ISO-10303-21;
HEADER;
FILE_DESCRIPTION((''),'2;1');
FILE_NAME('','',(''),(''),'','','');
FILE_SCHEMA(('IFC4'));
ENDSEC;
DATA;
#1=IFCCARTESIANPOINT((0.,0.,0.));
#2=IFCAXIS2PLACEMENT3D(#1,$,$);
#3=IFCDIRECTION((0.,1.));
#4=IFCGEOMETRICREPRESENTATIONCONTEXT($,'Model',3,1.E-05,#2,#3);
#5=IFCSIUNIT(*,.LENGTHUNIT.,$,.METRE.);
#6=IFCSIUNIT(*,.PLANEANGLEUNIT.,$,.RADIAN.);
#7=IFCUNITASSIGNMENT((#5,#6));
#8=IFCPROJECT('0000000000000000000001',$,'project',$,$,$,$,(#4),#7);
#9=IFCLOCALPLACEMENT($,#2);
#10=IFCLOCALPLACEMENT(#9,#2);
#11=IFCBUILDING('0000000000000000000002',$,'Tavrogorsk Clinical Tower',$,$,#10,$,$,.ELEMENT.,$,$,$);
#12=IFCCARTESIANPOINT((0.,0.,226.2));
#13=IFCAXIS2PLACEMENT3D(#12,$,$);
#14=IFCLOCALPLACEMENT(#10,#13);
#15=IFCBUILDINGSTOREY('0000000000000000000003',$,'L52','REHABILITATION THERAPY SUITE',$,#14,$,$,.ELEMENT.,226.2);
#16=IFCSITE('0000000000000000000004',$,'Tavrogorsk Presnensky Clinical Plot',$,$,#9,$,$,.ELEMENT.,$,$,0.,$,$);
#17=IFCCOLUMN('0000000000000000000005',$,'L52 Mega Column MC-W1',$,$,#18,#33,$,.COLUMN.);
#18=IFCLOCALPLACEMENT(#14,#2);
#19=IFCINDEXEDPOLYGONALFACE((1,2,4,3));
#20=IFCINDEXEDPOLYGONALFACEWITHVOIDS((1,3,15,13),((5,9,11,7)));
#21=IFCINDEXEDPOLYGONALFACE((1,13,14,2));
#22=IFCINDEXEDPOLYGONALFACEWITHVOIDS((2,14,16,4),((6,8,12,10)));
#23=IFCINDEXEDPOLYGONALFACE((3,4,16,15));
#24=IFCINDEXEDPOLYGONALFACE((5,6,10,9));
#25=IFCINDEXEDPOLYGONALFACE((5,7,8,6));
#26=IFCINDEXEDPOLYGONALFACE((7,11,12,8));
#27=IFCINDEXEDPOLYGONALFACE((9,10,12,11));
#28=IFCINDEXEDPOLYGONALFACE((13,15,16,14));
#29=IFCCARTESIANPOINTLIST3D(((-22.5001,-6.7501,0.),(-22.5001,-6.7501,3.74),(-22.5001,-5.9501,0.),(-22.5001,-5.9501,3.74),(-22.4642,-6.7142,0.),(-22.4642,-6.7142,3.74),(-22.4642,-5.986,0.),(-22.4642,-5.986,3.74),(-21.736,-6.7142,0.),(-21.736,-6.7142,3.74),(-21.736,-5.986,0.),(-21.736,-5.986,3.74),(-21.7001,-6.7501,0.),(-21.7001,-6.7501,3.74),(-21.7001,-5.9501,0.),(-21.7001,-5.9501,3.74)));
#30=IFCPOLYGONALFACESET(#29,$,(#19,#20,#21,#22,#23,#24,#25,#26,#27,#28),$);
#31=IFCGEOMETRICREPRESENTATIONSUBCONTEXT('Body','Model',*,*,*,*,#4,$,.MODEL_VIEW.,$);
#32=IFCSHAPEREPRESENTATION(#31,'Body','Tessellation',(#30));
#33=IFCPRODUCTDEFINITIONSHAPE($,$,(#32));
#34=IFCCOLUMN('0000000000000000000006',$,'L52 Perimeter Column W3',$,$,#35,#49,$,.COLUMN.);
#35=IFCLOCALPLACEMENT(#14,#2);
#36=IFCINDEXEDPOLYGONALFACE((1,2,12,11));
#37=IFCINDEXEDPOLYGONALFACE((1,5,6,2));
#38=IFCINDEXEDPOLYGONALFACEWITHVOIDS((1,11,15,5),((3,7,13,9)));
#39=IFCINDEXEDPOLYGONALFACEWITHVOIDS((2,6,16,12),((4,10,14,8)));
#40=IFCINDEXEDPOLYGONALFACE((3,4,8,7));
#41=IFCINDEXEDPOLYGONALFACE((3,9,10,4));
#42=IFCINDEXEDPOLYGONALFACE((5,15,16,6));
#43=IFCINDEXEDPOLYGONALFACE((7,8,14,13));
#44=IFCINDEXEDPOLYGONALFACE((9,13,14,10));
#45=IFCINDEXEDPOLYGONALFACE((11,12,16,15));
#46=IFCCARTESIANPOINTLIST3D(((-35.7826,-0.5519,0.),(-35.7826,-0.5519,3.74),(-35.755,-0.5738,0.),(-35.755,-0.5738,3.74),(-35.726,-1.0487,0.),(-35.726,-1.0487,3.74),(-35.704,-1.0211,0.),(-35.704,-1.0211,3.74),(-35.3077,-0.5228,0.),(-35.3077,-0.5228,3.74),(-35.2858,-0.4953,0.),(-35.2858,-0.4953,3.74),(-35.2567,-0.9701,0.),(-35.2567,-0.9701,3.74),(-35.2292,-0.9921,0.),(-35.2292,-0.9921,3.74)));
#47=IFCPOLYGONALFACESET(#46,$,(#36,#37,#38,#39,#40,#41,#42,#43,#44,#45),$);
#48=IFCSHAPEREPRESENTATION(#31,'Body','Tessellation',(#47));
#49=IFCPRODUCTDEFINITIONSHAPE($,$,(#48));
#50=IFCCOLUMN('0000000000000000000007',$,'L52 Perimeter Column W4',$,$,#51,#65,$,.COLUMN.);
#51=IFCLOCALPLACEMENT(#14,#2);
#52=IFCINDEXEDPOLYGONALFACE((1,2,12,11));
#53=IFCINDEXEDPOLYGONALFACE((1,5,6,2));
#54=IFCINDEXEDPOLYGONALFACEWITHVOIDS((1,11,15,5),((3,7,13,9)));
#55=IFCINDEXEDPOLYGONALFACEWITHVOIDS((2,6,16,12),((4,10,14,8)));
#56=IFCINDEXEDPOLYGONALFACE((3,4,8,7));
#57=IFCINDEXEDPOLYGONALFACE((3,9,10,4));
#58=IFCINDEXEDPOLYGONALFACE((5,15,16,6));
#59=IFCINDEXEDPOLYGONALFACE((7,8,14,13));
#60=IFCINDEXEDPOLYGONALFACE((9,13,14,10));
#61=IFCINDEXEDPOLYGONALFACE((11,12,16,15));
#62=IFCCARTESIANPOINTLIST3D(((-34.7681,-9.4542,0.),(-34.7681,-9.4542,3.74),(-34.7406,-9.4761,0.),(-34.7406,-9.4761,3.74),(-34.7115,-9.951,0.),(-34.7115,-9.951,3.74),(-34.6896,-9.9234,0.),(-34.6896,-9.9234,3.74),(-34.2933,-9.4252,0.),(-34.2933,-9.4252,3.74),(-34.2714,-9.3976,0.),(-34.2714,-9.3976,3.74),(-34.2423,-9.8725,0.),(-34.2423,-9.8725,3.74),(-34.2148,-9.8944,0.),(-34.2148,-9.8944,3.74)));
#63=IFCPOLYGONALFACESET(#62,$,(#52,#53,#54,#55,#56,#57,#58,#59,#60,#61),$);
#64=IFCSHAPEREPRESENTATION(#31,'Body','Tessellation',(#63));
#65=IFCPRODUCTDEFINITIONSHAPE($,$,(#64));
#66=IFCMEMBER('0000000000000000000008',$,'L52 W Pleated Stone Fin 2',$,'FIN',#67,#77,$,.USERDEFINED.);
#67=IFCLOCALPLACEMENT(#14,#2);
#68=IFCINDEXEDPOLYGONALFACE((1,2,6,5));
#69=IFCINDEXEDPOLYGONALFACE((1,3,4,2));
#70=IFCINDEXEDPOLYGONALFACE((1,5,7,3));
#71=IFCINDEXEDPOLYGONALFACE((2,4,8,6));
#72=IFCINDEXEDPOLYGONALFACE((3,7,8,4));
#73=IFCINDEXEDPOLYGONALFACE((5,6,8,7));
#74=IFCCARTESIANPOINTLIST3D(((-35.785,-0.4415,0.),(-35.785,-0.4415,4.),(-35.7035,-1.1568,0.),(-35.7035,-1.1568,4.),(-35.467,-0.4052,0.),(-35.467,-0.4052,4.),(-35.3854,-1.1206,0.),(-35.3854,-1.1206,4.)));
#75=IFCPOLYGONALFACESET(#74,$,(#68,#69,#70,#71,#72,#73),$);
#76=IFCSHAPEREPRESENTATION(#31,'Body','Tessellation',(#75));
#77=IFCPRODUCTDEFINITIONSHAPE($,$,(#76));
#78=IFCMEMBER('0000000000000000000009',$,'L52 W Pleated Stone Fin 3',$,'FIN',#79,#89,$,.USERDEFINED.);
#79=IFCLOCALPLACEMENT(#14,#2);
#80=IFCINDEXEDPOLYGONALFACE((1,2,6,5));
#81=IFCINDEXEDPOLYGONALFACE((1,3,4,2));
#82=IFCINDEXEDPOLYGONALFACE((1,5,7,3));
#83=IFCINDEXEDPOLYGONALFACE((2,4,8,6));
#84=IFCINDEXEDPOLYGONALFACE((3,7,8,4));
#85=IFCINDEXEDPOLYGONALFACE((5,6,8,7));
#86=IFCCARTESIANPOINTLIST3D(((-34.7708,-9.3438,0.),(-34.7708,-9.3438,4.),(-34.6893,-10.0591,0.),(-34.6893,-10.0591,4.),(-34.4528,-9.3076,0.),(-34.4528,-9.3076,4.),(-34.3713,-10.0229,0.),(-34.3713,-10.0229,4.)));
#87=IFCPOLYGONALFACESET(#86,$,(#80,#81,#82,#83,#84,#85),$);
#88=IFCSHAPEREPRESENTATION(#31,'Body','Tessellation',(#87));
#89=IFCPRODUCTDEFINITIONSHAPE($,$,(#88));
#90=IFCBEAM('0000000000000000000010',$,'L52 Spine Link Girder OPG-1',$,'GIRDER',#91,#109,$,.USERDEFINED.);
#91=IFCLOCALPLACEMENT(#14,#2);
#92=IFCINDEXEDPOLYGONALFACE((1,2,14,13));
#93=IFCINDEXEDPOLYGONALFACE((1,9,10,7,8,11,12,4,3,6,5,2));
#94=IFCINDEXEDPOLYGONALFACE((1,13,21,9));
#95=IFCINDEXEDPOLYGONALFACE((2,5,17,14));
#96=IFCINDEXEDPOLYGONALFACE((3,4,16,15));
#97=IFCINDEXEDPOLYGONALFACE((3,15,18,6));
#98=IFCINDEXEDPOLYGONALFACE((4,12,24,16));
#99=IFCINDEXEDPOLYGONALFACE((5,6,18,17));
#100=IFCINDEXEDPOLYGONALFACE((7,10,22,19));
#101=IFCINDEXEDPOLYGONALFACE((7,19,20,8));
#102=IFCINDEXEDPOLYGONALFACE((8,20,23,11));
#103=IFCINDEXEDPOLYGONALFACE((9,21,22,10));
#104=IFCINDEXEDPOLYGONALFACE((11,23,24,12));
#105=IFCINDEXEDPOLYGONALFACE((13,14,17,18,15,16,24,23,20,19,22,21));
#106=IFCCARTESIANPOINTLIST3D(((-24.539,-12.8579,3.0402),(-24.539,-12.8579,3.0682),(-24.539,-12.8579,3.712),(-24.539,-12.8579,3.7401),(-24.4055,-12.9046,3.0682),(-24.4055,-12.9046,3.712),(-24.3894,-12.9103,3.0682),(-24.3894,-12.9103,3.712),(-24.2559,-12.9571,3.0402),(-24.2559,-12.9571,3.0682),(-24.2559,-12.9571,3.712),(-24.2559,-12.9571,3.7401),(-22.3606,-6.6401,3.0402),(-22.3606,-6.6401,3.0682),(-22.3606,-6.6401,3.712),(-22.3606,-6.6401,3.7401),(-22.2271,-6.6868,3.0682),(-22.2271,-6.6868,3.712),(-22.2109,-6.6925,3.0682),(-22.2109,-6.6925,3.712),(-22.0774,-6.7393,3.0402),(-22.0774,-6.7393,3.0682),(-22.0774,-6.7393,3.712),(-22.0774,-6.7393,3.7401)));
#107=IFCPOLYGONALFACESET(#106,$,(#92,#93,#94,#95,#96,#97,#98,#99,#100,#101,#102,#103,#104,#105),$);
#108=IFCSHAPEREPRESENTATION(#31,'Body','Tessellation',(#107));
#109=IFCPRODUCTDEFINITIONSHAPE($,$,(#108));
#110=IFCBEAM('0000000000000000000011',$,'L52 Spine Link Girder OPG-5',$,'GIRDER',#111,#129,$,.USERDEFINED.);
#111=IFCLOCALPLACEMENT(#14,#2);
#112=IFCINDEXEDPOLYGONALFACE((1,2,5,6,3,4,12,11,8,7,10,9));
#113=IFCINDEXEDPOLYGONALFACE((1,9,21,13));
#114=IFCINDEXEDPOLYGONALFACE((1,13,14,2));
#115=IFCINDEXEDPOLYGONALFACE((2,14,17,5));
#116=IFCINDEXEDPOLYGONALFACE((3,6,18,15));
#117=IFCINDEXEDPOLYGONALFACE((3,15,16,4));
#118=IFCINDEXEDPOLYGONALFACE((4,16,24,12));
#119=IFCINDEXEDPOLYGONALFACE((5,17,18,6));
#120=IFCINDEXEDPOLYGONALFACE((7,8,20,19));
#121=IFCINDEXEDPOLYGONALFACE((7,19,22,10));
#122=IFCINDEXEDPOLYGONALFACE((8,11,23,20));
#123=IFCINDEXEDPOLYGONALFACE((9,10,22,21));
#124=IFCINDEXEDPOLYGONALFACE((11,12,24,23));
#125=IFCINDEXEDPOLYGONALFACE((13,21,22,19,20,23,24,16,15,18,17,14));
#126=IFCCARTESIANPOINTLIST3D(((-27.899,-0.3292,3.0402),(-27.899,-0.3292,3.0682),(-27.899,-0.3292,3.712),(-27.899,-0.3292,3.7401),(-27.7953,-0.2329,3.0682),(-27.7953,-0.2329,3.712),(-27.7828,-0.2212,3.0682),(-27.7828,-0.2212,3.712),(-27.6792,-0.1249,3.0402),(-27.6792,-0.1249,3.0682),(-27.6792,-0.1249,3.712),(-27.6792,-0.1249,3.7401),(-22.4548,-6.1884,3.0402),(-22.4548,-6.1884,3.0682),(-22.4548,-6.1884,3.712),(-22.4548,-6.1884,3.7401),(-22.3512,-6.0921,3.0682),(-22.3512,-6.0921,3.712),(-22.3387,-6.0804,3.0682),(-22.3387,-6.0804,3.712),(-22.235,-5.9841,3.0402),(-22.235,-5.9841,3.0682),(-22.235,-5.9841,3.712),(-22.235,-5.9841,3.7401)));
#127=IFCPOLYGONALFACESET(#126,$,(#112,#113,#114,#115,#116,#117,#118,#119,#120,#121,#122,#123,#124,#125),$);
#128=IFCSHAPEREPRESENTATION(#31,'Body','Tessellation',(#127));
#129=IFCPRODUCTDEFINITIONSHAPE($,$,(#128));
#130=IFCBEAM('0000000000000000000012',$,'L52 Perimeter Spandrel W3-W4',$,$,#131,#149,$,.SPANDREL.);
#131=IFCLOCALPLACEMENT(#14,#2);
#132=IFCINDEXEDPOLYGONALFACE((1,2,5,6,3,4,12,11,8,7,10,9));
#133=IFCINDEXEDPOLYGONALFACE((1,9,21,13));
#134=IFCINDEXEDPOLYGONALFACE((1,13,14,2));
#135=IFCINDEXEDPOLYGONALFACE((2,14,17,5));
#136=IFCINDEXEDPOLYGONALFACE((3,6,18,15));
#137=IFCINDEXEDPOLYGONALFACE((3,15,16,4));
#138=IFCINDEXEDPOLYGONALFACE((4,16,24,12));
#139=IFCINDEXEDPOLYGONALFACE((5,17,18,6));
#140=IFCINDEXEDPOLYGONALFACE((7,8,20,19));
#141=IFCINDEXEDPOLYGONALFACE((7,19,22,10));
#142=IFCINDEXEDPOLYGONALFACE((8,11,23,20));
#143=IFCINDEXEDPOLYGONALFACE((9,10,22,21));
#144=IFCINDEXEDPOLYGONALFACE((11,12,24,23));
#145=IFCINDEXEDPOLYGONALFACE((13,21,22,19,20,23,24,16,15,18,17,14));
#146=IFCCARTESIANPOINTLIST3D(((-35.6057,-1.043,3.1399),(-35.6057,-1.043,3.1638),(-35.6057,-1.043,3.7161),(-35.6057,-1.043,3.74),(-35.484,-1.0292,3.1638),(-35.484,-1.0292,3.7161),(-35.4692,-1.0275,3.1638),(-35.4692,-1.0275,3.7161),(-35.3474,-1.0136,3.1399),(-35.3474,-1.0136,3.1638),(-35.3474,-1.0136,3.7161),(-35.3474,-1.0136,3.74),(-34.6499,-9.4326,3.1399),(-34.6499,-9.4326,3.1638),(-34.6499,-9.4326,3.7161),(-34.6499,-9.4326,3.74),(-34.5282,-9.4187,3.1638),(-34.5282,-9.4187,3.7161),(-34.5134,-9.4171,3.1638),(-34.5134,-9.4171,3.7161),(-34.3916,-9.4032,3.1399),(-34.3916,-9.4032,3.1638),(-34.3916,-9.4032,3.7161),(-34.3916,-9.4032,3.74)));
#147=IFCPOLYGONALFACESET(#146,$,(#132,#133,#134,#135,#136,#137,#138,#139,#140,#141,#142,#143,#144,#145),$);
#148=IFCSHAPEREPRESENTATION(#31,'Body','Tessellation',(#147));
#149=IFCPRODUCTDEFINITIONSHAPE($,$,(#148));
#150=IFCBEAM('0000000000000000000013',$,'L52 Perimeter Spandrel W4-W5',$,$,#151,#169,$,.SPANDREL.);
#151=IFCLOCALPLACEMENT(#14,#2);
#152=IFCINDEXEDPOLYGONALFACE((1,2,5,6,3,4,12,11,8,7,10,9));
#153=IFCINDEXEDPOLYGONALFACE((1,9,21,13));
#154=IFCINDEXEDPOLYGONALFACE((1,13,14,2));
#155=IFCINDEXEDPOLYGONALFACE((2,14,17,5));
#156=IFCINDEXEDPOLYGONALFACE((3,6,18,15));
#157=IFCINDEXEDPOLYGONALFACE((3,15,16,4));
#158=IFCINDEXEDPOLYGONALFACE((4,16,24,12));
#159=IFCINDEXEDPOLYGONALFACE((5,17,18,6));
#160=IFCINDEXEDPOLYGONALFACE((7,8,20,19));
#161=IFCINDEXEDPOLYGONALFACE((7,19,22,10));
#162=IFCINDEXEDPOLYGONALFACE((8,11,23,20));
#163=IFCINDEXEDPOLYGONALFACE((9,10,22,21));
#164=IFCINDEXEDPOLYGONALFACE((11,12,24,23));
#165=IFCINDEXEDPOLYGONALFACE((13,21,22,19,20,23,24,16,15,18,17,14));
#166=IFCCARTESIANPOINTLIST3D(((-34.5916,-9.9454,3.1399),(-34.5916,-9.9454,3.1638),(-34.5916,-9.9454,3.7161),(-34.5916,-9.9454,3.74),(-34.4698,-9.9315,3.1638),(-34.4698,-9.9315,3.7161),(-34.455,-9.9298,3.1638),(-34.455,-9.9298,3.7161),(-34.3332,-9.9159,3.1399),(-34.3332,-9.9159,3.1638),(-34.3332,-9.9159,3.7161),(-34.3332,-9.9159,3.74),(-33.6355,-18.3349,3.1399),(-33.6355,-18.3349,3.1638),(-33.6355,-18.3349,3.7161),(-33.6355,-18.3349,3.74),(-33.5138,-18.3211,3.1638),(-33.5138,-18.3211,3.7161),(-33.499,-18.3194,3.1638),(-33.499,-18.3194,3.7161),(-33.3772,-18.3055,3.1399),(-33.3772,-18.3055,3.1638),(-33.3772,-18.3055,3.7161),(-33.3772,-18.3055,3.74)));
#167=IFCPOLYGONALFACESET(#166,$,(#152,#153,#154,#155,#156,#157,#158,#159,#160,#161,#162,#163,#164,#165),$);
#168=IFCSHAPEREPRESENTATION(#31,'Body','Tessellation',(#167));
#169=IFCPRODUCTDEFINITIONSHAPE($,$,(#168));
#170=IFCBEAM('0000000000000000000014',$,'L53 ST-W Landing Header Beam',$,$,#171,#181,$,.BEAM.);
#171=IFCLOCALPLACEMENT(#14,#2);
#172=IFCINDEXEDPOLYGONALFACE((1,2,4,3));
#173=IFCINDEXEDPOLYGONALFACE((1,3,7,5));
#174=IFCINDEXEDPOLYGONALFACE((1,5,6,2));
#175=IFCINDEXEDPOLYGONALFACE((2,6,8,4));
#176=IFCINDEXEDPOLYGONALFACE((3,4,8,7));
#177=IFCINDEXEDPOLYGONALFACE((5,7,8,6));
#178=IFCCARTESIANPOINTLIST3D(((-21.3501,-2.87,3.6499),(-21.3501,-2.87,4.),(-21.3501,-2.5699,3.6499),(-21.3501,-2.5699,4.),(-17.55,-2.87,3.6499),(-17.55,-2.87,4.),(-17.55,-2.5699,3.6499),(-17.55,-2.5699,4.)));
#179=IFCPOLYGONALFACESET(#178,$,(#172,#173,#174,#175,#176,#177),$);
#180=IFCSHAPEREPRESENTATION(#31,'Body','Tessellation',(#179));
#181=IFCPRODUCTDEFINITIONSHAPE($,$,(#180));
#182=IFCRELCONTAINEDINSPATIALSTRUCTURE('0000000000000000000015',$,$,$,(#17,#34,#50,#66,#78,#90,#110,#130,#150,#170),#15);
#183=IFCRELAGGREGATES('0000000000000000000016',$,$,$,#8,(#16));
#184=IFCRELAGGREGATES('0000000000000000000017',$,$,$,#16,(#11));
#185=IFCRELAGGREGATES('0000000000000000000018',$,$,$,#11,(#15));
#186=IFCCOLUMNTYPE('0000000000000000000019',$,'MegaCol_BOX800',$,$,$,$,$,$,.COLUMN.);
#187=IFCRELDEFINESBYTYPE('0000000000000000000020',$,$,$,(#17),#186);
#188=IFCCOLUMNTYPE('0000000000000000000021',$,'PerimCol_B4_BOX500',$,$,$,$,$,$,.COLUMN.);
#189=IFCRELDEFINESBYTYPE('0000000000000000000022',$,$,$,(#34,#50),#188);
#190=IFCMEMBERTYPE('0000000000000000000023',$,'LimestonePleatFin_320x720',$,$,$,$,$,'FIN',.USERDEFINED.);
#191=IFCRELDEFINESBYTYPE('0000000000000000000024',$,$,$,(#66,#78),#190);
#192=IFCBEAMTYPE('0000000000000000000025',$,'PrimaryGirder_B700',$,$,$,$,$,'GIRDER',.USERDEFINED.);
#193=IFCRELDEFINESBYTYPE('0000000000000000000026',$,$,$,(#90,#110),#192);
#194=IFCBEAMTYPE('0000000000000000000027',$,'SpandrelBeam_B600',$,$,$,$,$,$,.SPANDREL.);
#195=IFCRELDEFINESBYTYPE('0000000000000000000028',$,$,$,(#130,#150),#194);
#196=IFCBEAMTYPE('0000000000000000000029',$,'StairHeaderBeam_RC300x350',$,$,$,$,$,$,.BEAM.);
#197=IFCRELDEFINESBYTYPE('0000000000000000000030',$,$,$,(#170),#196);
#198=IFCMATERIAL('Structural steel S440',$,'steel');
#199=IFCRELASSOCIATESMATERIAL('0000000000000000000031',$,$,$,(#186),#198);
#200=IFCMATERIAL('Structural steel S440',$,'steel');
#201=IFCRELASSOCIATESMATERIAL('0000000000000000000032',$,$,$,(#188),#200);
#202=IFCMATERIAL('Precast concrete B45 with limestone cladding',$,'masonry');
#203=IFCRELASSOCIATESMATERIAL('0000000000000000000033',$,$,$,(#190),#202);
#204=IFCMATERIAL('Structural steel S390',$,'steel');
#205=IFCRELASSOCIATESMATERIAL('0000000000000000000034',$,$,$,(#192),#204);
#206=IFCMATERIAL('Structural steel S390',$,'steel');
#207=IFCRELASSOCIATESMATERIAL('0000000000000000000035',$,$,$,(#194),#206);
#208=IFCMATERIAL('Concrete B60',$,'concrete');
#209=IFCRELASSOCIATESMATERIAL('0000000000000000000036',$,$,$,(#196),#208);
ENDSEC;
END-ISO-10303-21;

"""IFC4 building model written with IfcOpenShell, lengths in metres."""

from ifc_helpers import new_model, si_unit, direction, frame, origin, origin_2d, place, context, subcontext, project, spatial, rectangle, hollow_rectangle, i_section, extrude, material, material_profile, profile_set, type_object, element, save


model = new_model("IFC4")

# Units and contexts
model_context = context("Model", 3, precision=1e-05, world=origin(), true_north=direction((0.0, 1.0)))
body_context = subcontext(model_context, "Body", "Model", "MODEL_VIEW")
ifc_project = project(units=[si_unit("LENGTHUNIT", "METRE"), si_unit("PLANEANGLEUNIT", "RADIAN")], contexts=[model_context])

# Site, building, storey
site_placement = place(None, origin())
site = spatial("IfcSite", under=ifc_project, at=site_placement, Name="Tavrogorsk Presnensky Clinical Plot", CompositionType="ELEMENT", RefElevation=0.0)
building_placement = place(site_placement, origin())
building = spatial("IfcBuilding", under=site, at=building_placement, Name="Tavrogorsk Clinical Tower", CompositionType="ELEMENT")
storey_placement = place(building_placement, frame((0.0, 0.0, 226.2)))
storey = spatial("IfcBuildingStorey", under=building, at=storey_placement, Name="L52", Description="REHABILITATION THERAPY SUITE", CompositionType="ELEMENT", Elevation=226.2)

# Columns
ifc_material_1 = material(Name="Structural steel S440", Category="steel")
ifc_material_profile_1 = material_profile(ifc_material_1, hollow_rectangle(XDim=0.8, YDim=0.8, WallThickness=0.0359, at=origin_2d()), Name="BOX-800x800x36")
ifc_profile_set_1 = profile_set([ifc_material_profile_1], Name="Structural steel S440")
column_type_1 = type_object("IfcColumnType", Name="MegaCol_BOX800", PredefinedType="COLUMN", material=ifc_profile_set_1)
column_placement = place(storey_placement, frame((-22.1001, -6.3501, 0.0), z_axis=(0.0, 0.0, 1.0), x_axis=(1.0, 0.0, 0.0)))
element("IfcColumn", 1, at=column_placement, inside=storey, type_object=column_type_1, Name="L52 Mega Column MC-W1", PredefinedType="COLUMN", context=body_context, shape_type="SweptSolid", body=[
    extrude(hollow_rectangle(XDim=0.8, YDim=0.8, WallThickness=0.0359, at=origin_2d()), origin(), (0.0, 0.0, 1.0), 3.74),
])
ifc_material_2 = material(Name="Structural steel S440", Category="steel")
ifc_material_profile_2 = material_profile(ifc_material_2, hollow_rectangle(XDim=0.5, YDim=0.5, WallThickness=0.0249, at=origin_2d()), Name="BOX-500x500x25")
ifc_profile_set_2 = profile_set([ifc_material_profile_2], Name="Structural steel S440")
column_type_2 = type_object("IfcColumnType", Name="PerimCol_B4_BOX500", PredefinedType="COLUMN", material=ifc_profile_set_2)
for number, where, z_axis, x_axis, name in (
    (2, (-35.5059, -0.772, 0.0), (0.0, 0.0, 1.0), (0.993572, 0.113203, 0.0), "L52 Perimeter Column W3"),
    (3, (-34.4915, -9.6743, 0.0), (0.0, 0.0, 1.0), (0.993572, 0.113203, 0.0), "L52 Perimeter Column W4"),
):
    element("IfcColumn", number, at=place(storey_placement, frame(where, z_axis=z_axis, x_axis=x_axis)), inside=storey, type_object=column_type_2, Name=name, PredefinedType="COLUMN", context=body_context, shape_type="SweptSolid", body=[
        extrude(hollow_rectangle(XDim=0.5, YDim=0.5, WallThickness=0.0249, at=origin_2d()), origin(), (0.0, 0.0, 1.0), 3.74),
    ])

# Members
ifc_material_3 = material(Name="Precast concrete B45 with limestone cladding", Category="masonry")
ifc_material_profile_3 = material_profile(ifc_material_3, rectangle(XDim=0.3201, YDim=0.72, at=origin_2d()), Name="LIMESTONE-FIN-320x720")
ifc_profile_set_3 = profile_set([ifc_material_profile_3], Name="Precast concrete B45 with limestone cladding")
member_type = type_object("IfcMemberType", Name="LimestonePleatFin_320x720", ElementType="FIN", PredefinedType="USERDEFINED", material=ifc_profile_set_3)
for number, where, z_axis, x_axis, name in (
    (4, (-35.5852, -0.781, 0.0), (0.0, 0.0, 1.0), (0.993572, 0.113203, 0.0), "L52 W Pleated Stone Fin 2"),
    (5, (-34.571, -9.6833, 0.0), (0.0, 0.0, 1.0), (0.993572, 0.113203, 0.0), "L52 W Pleated Stone Fin 3"),
):
    element("IfcMember", number, at=place(storey_placement, frame(where, z_axis=z_axis, x_axis=x_axis)), inside=storey, type_object=member_type, Name=name, ObjectType="FIN", PredefinedType="USERDEFINED", context=body_context, shape_type="SweptSolid", body=[
        extrude(rectangle(XDim=0.3201, YDim=0.72, at=origin_2d()), origin(), (0.0, 0.0, 1.0), 4.0),
    ])

# Beams
ifc_material_4 = material(Name="Structural steel S390", Category="steel")
ifc_material_profile_4 = material_profile(ifc_material_4, i_section(OverallWidth=0.3, OverallDepth=0.7, WebThickness=0.0171, FlangeThickness=0.0281, at=origin_2d()), Name="B-700x300x17x28")
ifc_profile_set_4 = profile_set([ifc_material_profile_4], Name="Structural steel S390")
beam_type_1 = type_object("IfcBeamType", Name="PrimaryGirder_B700", ElementType="GIRDER", PredefinedType="USERDEFINED", material=ifc_profile_set_4)
beam_1_placement = place(storey_placement, frame((-24.3975, -12.9075, 3.3901), z_axis=(0.330654, 0.943752, 0.0), x_axis=(-0.943752, 0.330654, 0.0)))
element("IfcBeam", 6, at=beam_1_placement, inside=storey, type_object=beam_type_1, Name="L52 Spine Link Girder OPG-1", ObjectType="GIRDER", PredefinedType="USERDEFINED", context=body_context, shape_type="SweptSolid", body=[
    extrude(i_section(OverallWidth=0.3, OverallDepth=0.7, WebThickness=0.0171, FlangeThickness=0.0281, at=origin_2d()), origin(), (0.0, 0.0, 1.0), 6.5884),
])
beam_2_placement = place(storey_placement, frame((-27.7891, -0.2271, 3.3901), z_axis=(0.680684, -0.732577, 0.0), x_axis=(0.732577, 0.680684, 0.0)))
element("IfcBeam", 7, at=beam_2_placement, inside=storey, type_object=beam_type_1, Name="L52 Spine Link Girder OPG-5", ObjectType="GIRDER", PredefinedType="USERDEFINED", context=body_context, shape_type="SweptSolid", body=[
    extrude(i_section(OverallWidth=0.3, OverallDepth=0.7, WebThickness=0.0171, FlangeThickness=0.0281, at=origin_2d()), origin(), (0.0, 0.0, 1.0), 7.998),
])
ifc_material_5 = material(Name="Structural steel S390", Category="steel")
ifc_material_profile_5 = material_profile(ifc_material_5, i_section(OverallWidth=0.26, OverallDepth=0.6001, WebThickness=0.0149, FlangeThickness=0.0239, at=origin_2d()), Name="B-600x260x15x24")
ifc_profile_set_5 = profile_set([ifc_material_profile_5], Name="Structural steel S390")
beam_type_2 = type_object("IfcBeamType", Name="SpandrelBeam_B600", PredefinedType="SPANDREL", material=ifc_profile_set_5)
for number, where, z_axis, x_axis, name in (
    (8, (-35.4766, -1.0283, 3.4399), (0.113195, -0.993573, 0.0), (0.993573, 0.113195, 0.0), "L52 Perimeter Spandrel W3-W4"),
    (9, (-34.4624, -9.9307, 3.4399), (0.113224, -0.99357, 0.0), (0.99357, 0.113224, 0.0), "L52 Perimeter Spandrel W4-W5"),
):
    element("IfcBeam", number, at=place(storey_placement, frame(where, z_axis=z_axis, x_axis=x_axis)), inside=storey, type_object=beam_type_2, Name=name, PredefinedType="SPANDREL", context=body_context, shape_type="SweptSolid", body=[
        extrude(i_section(OverallWidth=0.26, OverallDepth=0.6001, WebThickness=0.0149, FlangeThickness=0.0239, at=origin_2d()), origin(), (0.0, 0.0, 1.0), 8.4438),
    ])
ifc_material_6 = material(Name="Concrete B60", Category="concrete")
ifc_material_profile_6 = material_profile(ifc_material_6, rectangle(XDim=0.3, YDim=0.3501, at=origin_2d()), Name="RC-SHB-300x350")
ifc_profile_set_6 = profile_set([ifc_material_profile_6], Name="Concrete B60")
beam_type_3 = type_object("IfcBeamType", Name="StairHeaderBeam_RC300x350", PredefinedType="BEAM", material=ifc_profile_set_6)
beam_3_placement = place(storey_placement, frame((-21.3501, -2.72, 3.825), z_axis=(1.0, 0.0, 0.0), x_axis=(0.0, 1.0, 0.0)))
element("IfcBeam", 10, at=beam_3_placement, inside=storey, type_object=beam_type_3, Name="L53 ST-W Landing Header Beam", PredefinedType="BEAM", context=body_context, shape_type="SweptSolid", body=[
    extrude(rectangle(XDim=0.3, YDim=0.3501, at=origin_2d()), origin(), (0.0, 0.0, 1.0), 3.8),
])

save(model, "model.ifc")
